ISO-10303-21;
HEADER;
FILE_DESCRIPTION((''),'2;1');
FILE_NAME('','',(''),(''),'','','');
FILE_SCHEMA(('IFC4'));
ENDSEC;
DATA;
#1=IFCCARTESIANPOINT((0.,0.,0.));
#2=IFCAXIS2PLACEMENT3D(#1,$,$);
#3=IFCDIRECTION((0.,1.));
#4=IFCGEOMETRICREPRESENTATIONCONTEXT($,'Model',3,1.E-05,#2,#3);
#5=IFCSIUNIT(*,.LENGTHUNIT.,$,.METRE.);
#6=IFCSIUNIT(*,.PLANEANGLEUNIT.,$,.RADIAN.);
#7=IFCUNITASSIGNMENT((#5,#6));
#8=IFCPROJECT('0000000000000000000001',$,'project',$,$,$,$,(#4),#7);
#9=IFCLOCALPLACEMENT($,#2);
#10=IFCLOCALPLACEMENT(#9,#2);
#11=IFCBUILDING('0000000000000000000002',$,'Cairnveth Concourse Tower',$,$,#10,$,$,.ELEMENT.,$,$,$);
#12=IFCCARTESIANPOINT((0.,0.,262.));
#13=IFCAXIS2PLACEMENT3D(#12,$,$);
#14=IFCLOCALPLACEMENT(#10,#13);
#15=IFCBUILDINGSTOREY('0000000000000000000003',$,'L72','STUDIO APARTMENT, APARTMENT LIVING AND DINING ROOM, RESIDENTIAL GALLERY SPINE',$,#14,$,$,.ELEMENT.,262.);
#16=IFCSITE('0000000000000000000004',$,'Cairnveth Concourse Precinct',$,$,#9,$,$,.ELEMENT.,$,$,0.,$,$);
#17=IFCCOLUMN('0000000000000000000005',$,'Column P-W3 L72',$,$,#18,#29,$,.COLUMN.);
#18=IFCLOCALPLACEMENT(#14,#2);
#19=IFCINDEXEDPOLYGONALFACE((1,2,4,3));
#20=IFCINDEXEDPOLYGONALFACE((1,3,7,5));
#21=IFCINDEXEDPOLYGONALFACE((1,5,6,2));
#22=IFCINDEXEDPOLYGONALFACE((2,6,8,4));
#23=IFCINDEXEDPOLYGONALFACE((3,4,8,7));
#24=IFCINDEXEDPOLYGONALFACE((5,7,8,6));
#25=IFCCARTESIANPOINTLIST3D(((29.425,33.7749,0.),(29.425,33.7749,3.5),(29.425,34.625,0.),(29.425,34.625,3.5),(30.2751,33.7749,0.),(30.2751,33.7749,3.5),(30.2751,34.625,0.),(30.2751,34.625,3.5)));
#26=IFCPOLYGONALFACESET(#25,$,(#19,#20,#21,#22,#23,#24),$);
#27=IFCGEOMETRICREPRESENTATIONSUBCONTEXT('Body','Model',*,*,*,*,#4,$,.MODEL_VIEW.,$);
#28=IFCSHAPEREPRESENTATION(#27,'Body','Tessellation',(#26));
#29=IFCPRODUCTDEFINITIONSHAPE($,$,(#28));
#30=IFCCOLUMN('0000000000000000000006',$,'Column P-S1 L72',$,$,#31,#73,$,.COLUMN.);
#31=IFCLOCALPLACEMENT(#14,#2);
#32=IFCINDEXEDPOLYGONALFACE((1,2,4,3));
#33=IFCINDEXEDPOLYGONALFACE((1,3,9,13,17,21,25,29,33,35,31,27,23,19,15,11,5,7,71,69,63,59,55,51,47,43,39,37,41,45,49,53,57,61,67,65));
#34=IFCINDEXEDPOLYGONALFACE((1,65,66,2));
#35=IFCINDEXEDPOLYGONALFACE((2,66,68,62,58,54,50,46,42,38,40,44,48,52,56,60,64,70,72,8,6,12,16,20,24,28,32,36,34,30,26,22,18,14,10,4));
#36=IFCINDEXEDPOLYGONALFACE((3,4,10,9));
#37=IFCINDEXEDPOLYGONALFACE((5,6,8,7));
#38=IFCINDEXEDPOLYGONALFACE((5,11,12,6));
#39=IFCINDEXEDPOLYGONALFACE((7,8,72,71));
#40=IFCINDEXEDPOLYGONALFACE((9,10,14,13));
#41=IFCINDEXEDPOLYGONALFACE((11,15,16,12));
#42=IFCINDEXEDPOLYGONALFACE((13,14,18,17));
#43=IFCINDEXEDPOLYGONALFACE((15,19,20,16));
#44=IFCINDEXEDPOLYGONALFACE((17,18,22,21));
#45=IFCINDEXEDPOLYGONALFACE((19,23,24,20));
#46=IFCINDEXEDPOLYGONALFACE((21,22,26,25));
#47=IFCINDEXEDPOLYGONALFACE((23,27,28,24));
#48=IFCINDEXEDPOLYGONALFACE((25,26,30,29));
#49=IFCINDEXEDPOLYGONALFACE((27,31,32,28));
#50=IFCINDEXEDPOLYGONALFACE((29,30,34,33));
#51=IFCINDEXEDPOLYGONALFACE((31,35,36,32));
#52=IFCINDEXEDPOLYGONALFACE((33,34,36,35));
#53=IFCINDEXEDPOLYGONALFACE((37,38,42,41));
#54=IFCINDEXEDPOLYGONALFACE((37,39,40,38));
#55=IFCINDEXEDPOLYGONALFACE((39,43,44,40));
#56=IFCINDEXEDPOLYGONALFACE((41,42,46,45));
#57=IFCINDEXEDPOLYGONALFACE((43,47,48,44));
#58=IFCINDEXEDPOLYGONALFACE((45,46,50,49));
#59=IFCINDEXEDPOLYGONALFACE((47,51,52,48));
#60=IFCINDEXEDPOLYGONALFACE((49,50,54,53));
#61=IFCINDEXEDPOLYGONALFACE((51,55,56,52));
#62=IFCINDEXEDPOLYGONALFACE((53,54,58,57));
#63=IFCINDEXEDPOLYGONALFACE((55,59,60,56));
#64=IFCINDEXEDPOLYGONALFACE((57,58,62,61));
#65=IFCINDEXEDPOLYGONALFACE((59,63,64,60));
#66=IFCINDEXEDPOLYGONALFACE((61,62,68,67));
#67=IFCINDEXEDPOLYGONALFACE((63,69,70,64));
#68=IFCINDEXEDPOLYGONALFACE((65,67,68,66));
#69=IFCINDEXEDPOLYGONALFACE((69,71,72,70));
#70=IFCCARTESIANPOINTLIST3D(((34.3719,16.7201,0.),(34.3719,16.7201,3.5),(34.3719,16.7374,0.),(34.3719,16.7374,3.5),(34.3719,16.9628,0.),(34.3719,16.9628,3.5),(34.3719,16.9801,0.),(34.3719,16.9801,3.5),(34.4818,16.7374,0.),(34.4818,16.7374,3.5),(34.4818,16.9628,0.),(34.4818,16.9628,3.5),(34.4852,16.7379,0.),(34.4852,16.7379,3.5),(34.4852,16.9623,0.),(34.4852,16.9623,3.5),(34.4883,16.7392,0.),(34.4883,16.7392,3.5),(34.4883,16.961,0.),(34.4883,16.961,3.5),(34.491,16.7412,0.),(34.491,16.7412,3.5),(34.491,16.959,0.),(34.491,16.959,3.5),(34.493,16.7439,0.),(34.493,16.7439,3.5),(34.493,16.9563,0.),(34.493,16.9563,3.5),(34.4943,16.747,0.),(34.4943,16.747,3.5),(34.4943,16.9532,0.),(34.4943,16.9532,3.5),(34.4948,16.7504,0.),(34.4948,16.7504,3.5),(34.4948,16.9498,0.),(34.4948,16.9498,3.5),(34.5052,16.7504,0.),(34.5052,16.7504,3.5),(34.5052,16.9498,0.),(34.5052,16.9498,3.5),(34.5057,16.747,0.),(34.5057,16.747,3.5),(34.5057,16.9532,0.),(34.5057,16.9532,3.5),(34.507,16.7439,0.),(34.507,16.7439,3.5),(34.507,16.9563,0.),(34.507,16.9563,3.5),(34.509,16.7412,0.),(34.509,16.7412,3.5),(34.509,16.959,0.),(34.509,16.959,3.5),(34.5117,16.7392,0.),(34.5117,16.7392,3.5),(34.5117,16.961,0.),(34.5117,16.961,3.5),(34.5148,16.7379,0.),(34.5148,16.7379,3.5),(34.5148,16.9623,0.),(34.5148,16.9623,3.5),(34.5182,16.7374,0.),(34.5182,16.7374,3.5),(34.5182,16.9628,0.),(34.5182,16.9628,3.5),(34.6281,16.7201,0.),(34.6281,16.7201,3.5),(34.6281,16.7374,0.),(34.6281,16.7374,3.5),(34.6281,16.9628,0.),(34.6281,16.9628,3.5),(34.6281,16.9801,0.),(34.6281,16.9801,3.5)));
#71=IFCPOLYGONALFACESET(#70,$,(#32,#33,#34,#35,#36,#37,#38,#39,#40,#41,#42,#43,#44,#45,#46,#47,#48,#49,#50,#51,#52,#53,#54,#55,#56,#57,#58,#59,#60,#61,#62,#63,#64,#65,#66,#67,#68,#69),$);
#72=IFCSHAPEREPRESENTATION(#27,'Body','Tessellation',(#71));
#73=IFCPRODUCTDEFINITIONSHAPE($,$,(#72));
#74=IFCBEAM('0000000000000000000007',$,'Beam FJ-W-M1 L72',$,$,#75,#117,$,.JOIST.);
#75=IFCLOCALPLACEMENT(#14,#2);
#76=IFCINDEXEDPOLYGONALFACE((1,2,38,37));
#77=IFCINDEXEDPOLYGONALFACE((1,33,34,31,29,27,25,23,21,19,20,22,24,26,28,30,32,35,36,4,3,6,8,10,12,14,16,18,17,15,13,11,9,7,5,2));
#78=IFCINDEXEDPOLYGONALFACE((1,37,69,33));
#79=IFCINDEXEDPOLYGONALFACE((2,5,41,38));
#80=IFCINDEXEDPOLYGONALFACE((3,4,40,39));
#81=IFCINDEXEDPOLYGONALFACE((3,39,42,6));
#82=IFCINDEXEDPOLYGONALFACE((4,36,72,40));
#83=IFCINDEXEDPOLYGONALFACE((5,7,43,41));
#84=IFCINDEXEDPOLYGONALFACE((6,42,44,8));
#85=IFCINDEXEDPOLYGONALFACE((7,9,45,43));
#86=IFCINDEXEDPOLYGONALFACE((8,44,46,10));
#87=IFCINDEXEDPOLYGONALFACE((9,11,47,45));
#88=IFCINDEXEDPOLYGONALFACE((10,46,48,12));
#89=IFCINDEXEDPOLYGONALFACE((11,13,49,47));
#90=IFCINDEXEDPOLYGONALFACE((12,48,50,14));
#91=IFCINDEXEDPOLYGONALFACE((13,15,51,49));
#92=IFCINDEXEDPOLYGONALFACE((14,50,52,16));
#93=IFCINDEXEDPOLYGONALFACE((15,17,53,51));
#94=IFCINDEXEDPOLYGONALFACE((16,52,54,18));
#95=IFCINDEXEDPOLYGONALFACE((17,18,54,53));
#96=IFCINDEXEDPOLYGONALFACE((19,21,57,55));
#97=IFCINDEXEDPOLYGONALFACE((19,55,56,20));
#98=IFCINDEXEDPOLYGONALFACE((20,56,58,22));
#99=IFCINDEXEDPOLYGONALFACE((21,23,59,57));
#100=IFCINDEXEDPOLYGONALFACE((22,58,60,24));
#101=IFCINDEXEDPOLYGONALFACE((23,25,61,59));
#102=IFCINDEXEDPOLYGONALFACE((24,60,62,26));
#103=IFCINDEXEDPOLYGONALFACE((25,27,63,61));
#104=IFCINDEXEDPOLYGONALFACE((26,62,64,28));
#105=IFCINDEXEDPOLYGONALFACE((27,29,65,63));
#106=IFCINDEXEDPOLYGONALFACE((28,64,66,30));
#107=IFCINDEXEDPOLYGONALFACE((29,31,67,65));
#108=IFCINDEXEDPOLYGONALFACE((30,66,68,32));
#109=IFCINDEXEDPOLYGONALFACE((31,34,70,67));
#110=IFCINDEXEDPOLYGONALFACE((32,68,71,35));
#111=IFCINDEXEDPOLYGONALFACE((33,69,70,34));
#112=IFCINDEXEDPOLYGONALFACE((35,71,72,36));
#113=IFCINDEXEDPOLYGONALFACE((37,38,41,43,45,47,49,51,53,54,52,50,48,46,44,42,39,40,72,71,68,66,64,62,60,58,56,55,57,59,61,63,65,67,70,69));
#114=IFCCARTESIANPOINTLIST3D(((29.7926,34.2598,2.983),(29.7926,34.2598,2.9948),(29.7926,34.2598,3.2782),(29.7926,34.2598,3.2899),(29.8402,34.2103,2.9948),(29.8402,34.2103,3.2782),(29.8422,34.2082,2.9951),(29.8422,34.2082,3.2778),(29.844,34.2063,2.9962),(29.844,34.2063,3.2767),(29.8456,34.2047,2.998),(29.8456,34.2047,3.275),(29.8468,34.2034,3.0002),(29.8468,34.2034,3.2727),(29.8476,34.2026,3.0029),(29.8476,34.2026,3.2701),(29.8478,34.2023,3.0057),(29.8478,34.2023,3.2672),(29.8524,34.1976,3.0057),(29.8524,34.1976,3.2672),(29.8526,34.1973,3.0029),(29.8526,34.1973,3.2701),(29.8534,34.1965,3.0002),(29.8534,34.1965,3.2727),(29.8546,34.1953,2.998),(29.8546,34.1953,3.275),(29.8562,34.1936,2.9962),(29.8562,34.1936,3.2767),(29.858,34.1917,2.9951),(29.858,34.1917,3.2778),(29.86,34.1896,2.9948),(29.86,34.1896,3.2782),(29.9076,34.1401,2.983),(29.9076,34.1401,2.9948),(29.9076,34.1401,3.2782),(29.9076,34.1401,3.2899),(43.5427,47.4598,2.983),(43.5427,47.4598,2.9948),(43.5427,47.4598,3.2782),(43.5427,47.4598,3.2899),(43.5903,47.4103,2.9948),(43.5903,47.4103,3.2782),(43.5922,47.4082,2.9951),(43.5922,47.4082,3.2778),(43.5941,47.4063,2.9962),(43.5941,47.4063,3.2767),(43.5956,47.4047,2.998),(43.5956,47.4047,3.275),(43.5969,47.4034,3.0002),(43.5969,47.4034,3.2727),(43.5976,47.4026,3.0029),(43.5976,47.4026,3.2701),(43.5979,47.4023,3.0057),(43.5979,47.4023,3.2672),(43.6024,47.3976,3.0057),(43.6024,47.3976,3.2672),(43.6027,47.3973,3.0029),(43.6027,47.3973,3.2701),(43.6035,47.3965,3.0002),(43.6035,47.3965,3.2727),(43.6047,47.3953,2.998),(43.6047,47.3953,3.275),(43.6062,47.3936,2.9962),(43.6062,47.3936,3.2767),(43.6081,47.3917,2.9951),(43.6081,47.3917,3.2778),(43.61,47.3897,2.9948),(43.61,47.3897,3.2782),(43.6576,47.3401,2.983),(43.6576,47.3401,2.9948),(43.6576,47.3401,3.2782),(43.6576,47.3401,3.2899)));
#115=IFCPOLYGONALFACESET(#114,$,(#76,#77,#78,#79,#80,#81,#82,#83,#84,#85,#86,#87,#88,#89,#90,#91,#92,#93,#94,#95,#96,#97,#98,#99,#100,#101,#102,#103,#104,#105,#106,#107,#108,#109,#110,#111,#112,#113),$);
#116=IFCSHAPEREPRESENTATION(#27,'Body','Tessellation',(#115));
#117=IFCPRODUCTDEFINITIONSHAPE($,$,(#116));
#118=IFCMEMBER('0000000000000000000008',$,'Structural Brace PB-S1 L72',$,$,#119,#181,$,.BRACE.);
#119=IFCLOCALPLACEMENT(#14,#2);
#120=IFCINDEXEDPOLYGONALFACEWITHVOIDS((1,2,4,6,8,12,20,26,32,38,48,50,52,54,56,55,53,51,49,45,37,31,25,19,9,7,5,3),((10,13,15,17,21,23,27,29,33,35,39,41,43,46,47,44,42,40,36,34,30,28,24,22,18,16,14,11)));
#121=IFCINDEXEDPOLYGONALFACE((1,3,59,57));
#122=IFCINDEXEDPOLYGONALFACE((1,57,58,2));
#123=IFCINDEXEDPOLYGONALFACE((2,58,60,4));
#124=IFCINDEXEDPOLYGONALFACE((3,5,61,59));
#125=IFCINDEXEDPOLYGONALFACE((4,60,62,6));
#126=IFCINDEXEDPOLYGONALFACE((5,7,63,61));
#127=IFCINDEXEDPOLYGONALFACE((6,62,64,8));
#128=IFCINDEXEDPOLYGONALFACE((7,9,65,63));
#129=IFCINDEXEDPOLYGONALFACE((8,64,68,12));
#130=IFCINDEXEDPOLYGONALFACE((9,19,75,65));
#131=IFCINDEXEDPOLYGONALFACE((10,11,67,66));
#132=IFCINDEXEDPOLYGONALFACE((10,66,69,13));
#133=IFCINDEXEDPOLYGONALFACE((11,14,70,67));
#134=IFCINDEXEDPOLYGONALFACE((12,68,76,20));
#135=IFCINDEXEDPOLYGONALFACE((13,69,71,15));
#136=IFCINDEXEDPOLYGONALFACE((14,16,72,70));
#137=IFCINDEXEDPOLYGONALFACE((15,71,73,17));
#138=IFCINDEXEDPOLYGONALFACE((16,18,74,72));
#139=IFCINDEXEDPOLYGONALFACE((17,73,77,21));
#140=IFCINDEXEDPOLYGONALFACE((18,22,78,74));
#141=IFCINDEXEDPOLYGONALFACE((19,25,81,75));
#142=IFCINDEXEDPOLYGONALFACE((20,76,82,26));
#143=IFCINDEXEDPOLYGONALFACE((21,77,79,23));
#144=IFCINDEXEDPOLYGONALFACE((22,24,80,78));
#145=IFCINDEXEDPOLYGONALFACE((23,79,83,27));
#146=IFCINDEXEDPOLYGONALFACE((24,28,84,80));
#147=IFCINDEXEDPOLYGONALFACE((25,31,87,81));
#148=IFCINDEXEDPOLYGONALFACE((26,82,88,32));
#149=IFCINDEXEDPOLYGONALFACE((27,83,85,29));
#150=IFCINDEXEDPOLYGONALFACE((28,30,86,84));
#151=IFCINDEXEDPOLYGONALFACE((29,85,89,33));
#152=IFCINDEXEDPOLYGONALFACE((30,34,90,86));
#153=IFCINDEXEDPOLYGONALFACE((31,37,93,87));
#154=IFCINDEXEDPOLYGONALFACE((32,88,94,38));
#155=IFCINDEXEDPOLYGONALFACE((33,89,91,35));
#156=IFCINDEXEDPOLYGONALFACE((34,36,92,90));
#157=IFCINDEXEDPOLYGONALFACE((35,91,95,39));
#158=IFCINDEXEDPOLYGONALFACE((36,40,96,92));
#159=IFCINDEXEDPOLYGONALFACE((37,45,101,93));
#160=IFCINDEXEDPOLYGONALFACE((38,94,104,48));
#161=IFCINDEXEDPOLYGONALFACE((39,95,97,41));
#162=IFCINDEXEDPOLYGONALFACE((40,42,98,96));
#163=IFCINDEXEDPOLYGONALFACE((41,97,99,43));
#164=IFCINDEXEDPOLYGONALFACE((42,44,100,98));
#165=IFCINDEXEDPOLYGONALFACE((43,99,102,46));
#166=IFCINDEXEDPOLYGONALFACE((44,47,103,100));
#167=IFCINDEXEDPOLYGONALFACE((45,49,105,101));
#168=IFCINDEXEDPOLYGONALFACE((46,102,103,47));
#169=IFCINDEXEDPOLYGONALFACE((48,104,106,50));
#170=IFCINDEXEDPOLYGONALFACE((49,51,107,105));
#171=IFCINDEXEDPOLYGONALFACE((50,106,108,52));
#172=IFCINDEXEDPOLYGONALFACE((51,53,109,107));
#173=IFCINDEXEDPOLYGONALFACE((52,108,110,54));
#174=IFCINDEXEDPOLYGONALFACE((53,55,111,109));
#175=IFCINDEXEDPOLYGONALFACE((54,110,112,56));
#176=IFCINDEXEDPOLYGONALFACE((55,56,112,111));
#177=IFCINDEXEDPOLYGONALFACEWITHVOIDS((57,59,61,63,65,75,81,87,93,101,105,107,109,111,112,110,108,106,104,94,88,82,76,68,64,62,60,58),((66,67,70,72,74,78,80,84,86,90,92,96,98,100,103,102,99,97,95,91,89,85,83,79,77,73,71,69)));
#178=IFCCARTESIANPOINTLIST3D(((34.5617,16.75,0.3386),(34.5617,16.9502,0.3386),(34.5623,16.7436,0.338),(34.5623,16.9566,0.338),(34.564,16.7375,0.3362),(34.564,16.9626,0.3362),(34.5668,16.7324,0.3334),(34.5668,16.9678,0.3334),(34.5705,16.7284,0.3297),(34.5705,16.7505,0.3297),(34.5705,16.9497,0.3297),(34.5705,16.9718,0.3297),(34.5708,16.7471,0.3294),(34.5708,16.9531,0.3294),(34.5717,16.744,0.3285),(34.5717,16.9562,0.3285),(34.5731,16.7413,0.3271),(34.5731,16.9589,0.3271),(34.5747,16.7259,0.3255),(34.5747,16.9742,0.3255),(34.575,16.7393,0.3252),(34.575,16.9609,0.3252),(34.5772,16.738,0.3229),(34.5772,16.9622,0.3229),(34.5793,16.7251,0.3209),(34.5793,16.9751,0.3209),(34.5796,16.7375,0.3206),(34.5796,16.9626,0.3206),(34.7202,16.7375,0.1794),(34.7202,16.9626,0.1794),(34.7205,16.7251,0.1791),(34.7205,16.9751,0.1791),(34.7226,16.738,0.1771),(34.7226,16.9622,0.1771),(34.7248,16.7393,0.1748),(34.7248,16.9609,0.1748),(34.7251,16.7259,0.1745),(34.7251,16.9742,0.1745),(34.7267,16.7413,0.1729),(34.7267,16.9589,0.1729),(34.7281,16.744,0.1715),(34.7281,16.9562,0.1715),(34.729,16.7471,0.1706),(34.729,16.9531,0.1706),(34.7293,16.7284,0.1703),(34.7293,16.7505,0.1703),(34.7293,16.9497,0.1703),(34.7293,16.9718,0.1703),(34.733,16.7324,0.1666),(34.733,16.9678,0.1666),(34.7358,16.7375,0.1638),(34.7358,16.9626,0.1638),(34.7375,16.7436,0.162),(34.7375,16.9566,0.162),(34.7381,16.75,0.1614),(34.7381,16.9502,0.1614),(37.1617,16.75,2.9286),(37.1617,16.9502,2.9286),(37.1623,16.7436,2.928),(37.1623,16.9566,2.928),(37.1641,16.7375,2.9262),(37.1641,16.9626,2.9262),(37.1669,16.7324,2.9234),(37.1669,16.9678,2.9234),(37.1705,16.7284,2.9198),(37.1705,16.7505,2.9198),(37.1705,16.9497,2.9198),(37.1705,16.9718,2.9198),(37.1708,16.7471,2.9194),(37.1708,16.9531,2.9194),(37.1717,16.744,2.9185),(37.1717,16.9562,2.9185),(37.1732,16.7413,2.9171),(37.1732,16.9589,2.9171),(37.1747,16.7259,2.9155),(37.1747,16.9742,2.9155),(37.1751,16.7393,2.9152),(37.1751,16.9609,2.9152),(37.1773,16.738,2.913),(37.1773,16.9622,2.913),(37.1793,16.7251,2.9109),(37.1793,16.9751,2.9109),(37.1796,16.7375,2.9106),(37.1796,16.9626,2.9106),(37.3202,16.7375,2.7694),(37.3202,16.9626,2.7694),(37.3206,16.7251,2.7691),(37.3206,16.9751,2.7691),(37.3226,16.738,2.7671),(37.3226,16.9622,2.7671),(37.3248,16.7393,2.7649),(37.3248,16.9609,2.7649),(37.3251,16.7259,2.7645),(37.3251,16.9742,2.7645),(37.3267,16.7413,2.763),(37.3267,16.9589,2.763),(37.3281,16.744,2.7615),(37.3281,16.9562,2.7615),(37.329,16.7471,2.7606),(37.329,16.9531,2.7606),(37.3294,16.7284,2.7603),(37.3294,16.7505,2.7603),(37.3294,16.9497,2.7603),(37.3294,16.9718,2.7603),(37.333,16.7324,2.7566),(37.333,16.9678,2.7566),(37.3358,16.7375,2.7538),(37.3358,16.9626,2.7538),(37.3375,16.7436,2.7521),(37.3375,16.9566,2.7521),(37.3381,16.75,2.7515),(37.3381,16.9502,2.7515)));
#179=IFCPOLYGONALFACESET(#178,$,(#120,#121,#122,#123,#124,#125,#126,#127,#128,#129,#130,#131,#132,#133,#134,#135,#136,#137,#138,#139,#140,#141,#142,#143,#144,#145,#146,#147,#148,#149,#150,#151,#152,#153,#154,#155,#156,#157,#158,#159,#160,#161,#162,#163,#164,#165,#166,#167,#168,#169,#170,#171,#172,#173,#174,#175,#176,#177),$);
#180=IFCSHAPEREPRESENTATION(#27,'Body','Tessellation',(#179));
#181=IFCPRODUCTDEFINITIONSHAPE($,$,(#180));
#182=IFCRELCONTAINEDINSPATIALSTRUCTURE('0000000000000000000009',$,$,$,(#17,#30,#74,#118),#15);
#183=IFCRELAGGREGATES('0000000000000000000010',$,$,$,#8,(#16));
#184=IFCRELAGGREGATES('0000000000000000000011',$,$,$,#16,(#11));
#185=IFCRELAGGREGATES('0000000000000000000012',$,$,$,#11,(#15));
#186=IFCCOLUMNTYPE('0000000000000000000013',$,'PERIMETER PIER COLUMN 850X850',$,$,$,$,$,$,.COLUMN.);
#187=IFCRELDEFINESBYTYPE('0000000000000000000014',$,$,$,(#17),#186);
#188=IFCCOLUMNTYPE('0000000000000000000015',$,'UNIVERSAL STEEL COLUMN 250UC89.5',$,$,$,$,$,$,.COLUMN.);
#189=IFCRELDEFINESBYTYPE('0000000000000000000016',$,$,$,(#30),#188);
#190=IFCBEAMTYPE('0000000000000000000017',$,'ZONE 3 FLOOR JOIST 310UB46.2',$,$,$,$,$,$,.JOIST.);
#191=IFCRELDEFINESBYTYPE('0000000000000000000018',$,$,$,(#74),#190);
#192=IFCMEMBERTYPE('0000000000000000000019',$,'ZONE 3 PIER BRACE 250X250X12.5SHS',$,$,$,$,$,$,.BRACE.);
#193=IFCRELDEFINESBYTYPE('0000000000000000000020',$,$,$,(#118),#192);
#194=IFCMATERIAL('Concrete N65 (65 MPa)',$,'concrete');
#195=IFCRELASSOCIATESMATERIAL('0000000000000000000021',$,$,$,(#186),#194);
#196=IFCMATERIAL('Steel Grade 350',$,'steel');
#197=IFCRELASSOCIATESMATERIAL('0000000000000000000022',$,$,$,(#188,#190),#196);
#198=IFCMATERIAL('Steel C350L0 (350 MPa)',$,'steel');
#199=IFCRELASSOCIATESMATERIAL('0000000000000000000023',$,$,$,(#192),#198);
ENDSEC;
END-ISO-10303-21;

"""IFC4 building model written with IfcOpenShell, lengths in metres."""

from ifc_helpers import new_model, si_unit, direction, frame, origin, origin_2d, place, context, subcontext, project, spatial, rectangle, hollow_rectangle, i_section, extrude, material, material_profile, profile_set, type_object, element, save


model = new_model("IFC4")

# Units and contexts
model_context = context("Model", 3, precision=1e-05, world=origin(), true_north=direction((0.0, 1.0)))
body_context = subcontext(model_context, "Body", "Model", "MODEL_VIEW")
ifc_project = project(units=[si_unit("LENGTHUNIT", "METRE"), si_unit("PLANEANGLEUNIT", "RADIAN")], contexts=[model_context])

# Site, building, storey
site_placement = place(None, origin())
site = spatial("IfcSite", under=ifc_project, at=site_placement, Name="Cairnveth Concourse Precinct", CompositionType="ELEMENT", RefElevation=0.0)
building_placement = place(site_placement, origin())
building = spatial("IfcBuilding", under=site, at=building_placement, Name="Cairnveth Concourse Tower", CompositionType="ELEMENT")
storey_placement = place(building_placement, frame((0.0, 0.0, 262.0)))
storey = spatial("IfcBuildingStorey", under=building, at=storey_placement, Name="L72", Description="STUDIO APARTMENT, APARTMENT LIVING AND DINING ROOM, RESIDENTIAL GALLERY SPINE", CompositionType="ELEMENT", Elevation=262.0)

# Columns
ifc_material_1 = material(Name="Concrete N65 (65 MPa)", Category="concrete")
ifc_material_profile_1 = material_profile(ifc_material_1, rectangle(XDim=0.8501, YDim=0.8501, at=origin_2d()), Name="RC-COL-850x850")
ifc_profile_set_1 = profile_set([ifc_material_profile_1], Name="Concrete N65 (65 MPa)")
column_type_1 = type_object("IfcColumnType", Name="PERIMETER PIER COLUMN 850X850", PredefinedType="COLUMN", material=ifc_profile_set_1)
column_1_placement = place(storey_placement, frame((29.8501, 34.2, 0.0), z_axis=(0.0, 0.0, 1.0), x_axis=(0.0, 1.0, 0.0)))
element("IfcColumn", 1, at=column_1_placement, inside=storey, type_object=column_type_1, Name="Column P-W3 L72", PredefinedType="COLUMN", context=body_context, shape_type="SweptSolid", body=[
    extrude(rectangle(XDim=0.8501, YDim=0.8501, at=origin_2d()), origin(), (0.0, 0.0, 1.0), 3.5),
])
ifc_material_2 = material(Name="Steel Grade 350", Category="steel")
ifc_material_profile_2 = material_profile(ifc_material_2, i_section(OverallWidth=0.2561, OverallDepth=0.26, WebThickness=0.0105, FlangeThickness=0.0173, FilletRadius=0.0129, at=origin_2d()), Name="250UC89.5")
ifc_profile_set_2 = profile_set([ifc_material_profile_2], Name="Steel Grade 350")
column_type_2 = type_object("IfcColumnType", Name="UNIVERSAL STEEL COLUMN 250UC89.5", PredefinedType="COLUMN", material=ifc_profile_set_2)
column_2_placement = place(storey_placement, frame((34.5, 16.8501, 0.0), z_axis=(0.0, 0.0, 1.0), x_axis=(1.0, 0.0, 0.0)))
element("IfcColumn", 2, at=column_2_placement, inside=storey, type_object=column_type_2, Name="Column P-S1 L72", PredefinedType="COLUMN", context=body_context, shape_type="SweptSolid", body=[
    extrude(i_section(OverallWidth=0.2561, OverallDepth=0.26, WebThickness=0.0105, FlangeThickness=0.0173, FilletRadius=0.0129, at=origin_2d()), origin(), (0.0, 0.0, 1.0), 3.5),
])

# Beam
ifc_material_profile_3 = material_profile(ifc_material_2, i_section(OverallWidth=0.166, OverallDepth=0.3069, WebThickness=0.0066, FlangeThickness=0.0117, FilletRadius=0.011, at=origin_2d()), Name="310UB46.2")
ifc_profile_set_3 = profile_set([ifc_material_profile_3], Name="Steel Grade 350")
beam_type_1 = type_object("IfcBeamType", Name="ZONE 3 FLOOR JOIST 310UB46.2", PredefinedType="JOIST", material=ifc_profile_set_3)
beam_1_placement = place(storey_placement, frame((29.8501, 34.2, 3.1365), z_axis=(0.721389, 0.69253, 0.0), x_axis=(-0.69253, 0.721389, 0.0)))
element("IfcBeam", 3, at=beam_1_placement, inside=storey, type_object=beam_type_1, Name="Beam FJ-W-M1 L72", PredefinedType="JOIST", context=body_context, shape_type="SweptSolid", body=[
    extrude(i_section(OverallWidth=0.166, OverallDepth=0.3069, WebThickness=0.0066, FlangeThickness=0.0117, FilletRadius=0.011, at=origin_2d()), origin(), (0.0, 0.0, 1.0), 19.0605),
])

# Member
ifc_material_3 = material(Name="Steel C350L0 (350 MPa)", Category="steel")
ifc_material_profile_4 = material_profile(ifc_material_3, hollow_rectangle(XDim=0.25, YDim=0.25, WallThickness=0.0125, InnerFilletRadius=0.0129, OuterFilletRadius=0.0249, at=origin_2d()), Name="250x250x12.5SHS")
ifc_profile_set_4 = profile_set([ifc_material_profile_4], Name="Steel C350L0 (350 MPa)")
member_type = type_object("IfcMemberType", Name="ZONE 3 PIER BRACE 250X250X12.5SHS", PredefinedType="BRACE", material=ifc_profile_set_4)
for number, where, z_axis, x_axis, name in (
    (4, (34.6499, 16.8501, 0.25), (0.708469, 0.0, 0.705742), (0.0, 1.0, 0.0), "Structural Brace PB-S1 L72"),
):
    element("IfcMember", number, at=place(storey_placement, frame(where, z_axis=z_axis, x_axis=x_axis)), inside=storey, type_object=member_type, Name=name, PredefinedType="BRACE", context=body_context, shape_type="SweptSolid", body=[
        extrude(hollow_rectangle(XDim=0.25, YDim=0.25, WallThickness=0.0125, InnerFilletRadius=0.0129, OuterFilletRadius=0.0249, at=origin_2d()), origin(), (0.0, 0.0, 1.0), 3.6699),
    ])

save(model, "model.ifc")
